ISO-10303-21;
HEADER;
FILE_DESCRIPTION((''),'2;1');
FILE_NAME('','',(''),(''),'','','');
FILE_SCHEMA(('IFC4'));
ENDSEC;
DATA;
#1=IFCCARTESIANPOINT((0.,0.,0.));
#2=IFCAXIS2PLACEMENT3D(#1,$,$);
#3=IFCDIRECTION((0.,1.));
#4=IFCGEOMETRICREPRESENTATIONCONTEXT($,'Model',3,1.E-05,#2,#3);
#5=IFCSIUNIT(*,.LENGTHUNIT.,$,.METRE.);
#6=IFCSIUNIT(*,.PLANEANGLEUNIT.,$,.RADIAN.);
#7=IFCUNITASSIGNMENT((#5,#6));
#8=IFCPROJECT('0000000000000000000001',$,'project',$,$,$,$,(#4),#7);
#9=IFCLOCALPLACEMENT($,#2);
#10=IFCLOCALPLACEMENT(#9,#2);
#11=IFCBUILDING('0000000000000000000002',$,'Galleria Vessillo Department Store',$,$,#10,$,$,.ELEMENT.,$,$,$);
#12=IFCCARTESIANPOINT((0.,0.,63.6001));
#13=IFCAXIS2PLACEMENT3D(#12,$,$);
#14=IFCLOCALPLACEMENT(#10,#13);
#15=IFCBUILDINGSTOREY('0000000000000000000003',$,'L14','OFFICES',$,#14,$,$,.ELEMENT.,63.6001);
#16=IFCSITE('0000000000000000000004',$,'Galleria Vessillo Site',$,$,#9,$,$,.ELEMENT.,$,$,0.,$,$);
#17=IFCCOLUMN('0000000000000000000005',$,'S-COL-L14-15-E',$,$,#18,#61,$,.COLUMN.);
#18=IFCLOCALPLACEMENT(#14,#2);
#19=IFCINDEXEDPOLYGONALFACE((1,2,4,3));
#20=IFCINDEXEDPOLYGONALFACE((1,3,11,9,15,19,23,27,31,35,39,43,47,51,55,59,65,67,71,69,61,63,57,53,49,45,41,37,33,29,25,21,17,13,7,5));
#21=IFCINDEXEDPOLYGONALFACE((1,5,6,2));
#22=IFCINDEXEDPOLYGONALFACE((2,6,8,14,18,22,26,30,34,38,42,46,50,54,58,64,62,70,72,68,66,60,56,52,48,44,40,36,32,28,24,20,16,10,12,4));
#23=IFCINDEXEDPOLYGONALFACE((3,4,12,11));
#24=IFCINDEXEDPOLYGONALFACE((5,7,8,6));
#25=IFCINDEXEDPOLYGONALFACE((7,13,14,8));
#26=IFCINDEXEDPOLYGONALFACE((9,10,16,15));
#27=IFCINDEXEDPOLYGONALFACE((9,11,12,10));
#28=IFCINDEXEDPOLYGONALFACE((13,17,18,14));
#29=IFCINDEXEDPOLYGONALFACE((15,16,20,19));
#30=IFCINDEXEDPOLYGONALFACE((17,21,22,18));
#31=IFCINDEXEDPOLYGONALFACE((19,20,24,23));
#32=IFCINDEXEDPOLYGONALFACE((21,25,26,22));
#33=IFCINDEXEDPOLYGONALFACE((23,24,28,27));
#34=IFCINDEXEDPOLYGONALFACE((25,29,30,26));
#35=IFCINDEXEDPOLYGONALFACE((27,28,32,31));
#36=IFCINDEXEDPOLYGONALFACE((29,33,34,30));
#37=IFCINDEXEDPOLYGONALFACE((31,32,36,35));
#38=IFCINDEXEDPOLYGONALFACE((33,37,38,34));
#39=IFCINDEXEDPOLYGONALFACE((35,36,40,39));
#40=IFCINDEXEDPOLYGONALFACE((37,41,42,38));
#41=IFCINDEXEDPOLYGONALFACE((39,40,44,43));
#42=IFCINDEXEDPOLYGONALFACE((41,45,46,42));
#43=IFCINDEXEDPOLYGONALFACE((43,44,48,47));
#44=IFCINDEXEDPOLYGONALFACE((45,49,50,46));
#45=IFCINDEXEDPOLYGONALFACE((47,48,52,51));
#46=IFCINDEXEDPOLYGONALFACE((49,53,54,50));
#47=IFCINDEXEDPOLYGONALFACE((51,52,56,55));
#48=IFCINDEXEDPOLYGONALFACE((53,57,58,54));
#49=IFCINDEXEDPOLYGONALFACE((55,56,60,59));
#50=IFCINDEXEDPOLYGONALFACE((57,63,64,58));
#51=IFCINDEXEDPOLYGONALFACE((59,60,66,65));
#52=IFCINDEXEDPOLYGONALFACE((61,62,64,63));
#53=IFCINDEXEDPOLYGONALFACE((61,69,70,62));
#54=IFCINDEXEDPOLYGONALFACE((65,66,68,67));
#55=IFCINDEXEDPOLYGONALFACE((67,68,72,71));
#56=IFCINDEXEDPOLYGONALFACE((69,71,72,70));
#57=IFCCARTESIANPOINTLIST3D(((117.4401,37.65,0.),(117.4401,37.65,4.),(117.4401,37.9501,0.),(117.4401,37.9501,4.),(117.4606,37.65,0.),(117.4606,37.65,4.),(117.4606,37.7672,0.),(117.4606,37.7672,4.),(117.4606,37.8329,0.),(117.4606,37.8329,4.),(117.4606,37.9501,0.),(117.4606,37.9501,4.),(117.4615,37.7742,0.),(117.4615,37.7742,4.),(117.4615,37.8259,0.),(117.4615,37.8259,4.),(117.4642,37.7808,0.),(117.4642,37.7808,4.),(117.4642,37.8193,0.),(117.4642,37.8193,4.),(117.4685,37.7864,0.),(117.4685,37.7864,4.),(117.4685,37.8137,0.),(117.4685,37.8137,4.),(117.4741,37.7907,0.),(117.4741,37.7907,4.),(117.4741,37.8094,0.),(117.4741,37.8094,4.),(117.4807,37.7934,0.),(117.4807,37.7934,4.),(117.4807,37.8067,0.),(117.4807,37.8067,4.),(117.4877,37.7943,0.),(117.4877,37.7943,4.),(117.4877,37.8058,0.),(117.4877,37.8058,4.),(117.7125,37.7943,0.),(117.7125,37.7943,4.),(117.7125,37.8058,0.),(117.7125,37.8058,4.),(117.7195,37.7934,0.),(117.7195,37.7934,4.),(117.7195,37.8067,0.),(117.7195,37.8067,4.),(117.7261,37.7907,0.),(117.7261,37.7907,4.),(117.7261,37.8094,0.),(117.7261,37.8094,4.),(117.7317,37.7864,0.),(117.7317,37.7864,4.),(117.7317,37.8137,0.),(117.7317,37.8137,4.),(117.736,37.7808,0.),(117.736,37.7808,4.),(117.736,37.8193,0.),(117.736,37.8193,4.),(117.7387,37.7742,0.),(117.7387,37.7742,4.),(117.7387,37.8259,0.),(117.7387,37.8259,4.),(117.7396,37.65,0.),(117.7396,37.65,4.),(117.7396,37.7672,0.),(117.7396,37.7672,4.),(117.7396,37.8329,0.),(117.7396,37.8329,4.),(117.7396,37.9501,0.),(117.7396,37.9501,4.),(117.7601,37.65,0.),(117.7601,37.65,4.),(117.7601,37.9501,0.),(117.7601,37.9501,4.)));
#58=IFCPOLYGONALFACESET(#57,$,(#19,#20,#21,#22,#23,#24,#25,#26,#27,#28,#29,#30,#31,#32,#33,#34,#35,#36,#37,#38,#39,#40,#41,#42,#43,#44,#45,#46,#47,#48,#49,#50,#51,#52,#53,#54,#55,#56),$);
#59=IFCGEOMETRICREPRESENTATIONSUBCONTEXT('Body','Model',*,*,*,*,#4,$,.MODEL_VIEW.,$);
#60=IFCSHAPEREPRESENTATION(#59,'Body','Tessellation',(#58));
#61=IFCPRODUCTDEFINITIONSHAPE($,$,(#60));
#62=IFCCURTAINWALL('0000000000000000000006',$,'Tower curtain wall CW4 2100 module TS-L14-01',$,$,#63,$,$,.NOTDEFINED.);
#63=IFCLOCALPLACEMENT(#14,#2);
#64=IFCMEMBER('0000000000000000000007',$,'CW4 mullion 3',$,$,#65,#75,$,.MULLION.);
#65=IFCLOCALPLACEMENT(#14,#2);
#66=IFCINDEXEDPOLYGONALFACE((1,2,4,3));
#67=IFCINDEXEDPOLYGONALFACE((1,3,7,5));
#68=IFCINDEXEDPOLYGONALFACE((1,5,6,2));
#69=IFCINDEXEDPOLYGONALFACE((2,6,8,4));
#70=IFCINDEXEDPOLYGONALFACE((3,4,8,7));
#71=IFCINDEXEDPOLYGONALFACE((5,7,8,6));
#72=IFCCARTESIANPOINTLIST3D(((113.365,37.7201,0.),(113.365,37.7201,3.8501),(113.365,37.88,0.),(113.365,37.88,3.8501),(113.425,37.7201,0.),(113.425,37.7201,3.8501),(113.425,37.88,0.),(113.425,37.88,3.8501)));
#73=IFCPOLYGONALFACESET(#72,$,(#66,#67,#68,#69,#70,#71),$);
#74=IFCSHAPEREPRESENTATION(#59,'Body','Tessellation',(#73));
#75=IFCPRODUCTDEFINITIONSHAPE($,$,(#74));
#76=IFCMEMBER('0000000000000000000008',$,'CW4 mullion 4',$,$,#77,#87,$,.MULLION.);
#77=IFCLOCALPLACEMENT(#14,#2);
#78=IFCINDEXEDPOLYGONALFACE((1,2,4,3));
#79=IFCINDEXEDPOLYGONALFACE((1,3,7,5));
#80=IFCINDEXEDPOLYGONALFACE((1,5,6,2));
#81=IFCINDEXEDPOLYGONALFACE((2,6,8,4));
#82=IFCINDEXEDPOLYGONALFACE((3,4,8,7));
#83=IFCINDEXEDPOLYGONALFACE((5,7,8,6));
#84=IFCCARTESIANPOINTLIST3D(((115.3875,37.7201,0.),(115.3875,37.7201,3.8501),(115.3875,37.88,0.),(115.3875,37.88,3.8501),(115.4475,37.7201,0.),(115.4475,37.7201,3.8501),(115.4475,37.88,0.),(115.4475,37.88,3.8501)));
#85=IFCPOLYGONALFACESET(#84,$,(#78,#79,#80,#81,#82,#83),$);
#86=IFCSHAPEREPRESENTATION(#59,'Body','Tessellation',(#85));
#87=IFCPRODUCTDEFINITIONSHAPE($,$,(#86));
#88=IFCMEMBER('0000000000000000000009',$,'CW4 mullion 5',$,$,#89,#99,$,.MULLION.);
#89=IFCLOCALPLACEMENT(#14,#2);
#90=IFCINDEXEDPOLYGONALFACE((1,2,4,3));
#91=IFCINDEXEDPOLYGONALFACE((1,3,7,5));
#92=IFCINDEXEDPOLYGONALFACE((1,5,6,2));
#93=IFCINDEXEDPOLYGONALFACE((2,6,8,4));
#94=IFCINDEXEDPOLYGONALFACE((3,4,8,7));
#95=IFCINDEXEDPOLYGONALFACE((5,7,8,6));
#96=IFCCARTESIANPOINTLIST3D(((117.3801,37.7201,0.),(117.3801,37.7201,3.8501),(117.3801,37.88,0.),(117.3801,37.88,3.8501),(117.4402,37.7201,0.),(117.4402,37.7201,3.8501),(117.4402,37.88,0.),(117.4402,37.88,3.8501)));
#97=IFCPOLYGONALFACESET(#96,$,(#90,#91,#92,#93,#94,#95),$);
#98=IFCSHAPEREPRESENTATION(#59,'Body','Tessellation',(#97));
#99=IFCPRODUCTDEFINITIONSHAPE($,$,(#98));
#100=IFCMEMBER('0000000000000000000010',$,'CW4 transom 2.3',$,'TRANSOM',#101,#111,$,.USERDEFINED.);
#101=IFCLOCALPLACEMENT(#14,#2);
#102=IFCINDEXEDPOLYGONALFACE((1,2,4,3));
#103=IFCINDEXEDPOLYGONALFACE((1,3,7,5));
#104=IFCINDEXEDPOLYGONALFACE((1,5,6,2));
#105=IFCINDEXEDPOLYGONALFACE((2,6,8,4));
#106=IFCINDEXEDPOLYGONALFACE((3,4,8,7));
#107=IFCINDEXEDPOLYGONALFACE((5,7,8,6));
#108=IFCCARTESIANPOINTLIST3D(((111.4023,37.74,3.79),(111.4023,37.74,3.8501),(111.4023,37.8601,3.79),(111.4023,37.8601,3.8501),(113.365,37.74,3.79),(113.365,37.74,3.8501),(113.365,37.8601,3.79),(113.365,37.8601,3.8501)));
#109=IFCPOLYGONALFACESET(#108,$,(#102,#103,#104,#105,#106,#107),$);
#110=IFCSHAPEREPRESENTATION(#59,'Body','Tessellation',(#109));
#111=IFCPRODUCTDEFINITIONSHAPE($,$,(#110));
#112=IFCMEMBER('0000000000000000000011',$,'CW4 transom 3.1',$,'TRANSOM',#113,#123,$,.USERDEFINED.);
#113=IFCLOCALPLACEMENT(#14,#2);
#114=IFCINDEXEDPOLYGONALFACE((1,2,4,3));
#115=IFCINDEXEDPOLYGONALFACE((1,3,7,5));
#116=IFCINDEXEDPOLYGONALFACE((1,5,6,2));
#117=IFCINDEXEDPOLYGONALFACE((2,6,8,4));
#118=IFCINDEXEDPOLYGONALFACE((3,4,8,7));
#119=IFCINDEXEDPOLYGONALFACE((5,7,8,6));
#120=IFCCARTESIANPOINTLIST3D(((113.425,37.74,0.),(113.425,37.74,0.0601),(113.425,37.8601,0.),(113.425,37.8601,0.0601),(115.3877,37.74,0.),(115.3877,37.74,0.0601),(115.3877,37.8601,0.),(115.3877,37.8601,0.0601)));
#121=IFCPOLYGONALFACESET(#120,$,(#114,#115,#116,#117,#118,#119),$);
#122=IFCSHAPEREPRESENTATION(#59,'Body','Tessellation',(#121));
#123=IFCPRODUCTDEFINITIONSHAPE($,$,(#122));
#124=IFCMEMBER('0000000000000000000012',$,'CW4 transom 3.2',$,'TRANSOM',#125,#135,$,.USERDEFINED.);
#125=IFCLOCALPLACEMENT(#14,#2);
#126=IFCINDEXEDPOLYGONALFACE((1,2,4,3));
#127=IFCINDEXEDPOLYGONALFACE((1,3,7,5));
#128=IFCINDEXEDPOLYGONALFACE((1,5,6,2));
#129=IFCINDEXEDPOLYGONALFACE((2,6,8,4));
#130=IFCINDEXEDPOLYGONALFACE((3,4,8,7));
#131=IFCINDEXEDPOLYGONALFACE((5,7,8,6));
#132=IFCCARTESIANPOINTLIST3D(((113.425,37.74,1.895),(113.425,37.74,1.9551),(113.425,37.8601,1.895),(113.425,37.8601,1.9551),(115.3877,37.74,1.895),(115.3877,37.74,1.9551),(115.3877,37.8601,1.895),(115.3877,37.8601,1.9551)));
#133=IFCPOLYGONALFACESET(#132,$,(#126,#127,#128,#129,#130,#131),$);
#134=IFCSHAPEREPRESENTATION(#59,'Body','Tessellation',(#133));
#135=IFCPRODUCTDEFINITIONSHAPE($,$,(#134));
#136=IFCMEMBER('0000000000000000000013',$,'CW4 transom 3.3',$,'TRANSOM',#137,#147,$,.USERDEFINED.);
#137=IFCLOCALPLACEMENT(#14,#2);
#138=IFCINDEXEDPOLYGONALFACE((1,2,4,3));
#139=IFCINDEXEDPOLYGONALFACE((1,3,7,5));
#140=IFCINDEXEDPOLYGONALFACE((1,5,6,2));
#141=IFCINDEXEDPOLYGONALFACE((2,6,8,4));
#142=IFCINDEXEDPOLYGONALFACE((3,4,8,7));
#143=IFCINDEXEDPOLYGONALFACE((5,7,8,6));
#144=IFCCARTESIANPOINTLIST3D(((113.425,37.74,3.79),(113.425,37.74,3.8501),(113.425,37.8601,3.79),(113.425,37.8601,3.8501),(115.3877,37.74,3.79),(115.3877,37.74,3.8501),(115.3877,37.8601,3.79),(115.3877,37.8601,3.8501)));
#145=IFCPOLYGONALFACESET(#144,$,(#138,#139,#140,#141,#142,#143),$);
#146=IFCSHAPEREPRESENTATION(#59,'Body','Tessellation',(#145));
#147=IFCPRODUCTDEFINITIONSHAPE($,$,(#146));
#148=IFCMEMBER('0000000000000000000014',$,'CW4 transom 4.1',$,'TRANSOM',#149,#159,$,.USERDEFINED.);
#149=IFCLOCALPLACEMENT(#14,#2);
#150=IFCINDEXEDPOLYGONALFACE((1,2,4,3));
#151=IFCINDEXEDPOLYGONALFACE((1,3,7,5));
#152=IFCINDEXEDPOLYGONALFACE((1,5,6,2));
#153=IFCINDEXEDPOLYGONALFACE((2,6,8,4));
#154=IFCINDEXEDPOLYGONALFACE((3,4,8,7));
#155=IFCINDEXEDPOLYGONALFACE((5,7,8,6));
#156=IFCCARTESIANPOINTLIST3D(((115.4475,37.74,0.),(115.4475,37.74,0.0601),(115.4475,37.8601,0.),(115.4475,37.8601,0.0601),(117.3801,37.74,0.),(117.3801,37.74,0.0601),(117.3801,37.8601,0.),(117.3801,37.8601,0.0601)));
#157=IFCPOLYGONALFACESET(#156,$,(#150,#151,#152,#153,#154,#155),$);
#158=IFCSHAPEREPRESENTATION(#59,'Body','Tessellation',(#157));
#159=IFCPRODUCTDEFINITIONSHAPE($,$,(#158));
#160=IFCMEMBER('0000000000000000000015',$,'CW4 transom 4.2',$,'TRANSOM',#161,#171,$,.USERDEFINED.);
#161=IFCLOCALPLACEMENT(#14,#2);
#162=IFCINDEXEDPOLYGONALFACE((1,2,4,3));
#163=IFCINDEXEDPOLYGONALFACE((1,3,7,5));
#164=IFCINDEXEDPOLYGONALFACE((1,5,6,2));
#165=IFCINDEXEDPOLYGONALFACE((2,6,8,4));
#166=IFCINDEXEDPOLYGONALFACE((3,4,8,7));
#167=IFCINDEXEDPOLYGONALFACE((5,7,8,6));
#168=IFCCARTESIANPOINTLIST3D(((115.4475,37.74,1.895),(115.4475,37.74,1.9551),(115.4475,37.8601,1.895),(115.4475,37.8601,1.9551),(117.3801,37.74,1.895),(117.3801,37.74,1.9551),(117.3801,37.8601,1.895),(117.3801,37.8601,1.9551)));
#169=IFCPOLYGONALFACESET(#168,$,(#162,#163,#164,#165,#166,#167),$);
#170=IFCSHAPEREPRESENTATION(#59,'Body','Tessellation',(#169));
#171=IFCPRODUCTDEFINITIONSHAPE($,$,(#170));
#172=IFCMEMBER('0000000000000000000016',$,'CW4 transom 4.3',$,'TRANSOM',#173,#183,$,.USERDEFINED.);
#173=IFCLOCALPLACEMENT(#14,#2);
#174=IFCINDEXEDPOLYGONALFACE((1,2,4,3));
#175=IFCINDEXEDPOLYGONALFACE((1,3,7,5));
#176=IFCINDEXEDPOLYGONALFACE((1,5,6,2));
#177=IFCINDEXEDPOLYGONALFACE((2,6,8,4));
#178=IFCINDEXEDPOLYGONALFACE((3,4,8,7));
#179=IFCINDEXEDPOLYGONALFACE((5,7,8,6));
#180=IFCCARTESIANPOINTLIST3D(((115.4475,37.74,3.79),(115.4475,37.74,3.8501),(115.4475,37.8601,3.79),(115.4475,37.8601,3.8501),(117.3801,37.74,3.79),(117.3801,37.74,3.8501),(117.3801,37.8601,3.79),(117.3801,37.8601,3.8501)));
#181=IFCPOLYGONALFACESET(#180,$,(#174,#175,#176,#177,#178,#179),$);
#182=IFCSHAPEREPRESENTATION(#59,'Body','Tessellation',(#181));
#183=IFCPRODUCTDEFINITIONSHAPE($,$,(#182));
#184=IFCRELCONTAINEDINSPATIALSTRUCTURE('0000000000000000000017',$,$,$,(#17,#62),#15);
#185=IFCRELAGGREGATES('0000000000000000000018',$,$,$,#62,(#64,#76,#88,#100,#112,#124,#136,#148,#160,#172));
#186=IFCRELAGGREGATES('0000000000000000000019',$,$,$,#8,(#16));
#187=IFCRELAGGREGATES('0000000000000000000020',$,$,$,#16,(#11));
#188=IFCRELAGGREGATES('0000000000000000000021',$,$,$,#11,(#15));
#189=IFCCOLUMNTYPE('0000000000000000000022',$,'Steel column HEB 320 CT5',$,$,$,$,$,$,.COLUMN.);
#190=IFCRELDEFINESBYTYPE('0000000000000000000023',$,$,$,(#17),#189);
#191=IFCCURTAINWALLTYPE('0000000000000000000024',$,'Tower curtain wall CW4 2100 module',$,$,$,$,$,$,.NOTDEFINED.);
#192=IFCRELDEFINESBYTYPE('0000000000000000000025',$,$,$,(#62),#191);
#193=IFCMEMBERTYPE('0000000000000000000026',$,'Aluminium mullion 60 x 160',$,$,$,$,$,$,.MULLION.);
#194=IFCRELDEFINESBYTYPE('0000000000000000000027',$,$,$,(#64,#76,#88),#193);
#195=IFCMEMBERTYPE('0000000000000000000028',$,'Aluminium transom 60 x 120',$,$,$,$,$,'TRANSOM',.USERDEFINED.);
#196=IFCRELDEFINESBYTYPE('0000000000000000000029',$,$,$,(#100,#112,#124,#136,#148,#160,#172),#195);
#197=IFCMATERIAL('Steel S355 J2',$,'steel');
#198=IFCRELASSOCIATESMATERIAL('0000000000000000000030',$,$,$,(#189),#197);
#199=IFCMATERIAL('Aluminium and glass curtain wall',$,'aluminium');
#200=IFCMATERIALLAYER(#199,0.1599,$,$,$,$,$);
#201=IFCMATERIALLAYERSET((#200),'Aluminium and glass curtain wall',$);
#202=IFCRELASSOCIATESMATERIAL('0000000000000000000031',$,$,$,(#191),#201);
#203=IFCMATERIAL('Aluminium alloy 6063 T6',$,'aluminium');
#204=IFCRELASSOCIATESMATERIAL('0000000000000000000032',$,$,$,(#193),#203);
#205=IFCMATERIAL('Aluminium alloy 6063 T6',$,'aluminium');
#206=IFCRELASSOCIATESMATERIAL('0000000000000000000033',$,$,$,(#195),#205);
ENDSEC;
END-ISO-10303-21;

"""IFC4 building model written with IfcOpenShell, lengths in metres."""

from ifc_helpers import new_model, si_unit, direction, frame, origin, origin_2d, place, context, subcontext, project, spatial, rectangle, i_section, extrude, material, layer, layer_set, material_profile, profile_set, type_object, element, aggregate, save


model = new_model("IFC4")

# Units and contexts
model_context = context("Model", 3, precision=1e-05, world=origin(), true_north=direction((0.0, 1.0)))
body_context = subcontext(model_context, "Body", "Model", "MODEL_VIEW")
ifc_project = project(units=[si_unit("LENGTHUNIT", "METRE"), si_unit("PLANEANGLEUNIT", "RADIAN")], contexts=[model_context])

# Site, building, storey
site_placement = place(None, origin())
site = spatial("IfcSite", under=ifc_project, at=site_placement, Name="Galleria Vessillo Site", CompositionType="ELEMENT", RefElevation=0.0)
building_placement = place(site_placement, origin())
building = spatial("IfcBuilding", under=site, at=building_placement, Name="Galleria Vessillo Department Store", CompositionType="ELEMENT")
storey_placement = place(building_placement, frame((0.0, 0.0, 63.6001)))
storey = spatial("IfcBuildingStorey", under=building, at=storey_placement, Name="L14", Description="OFFICES", CompositionType="ELEMENT", Elevation=63.6001)

# Column
ifc_material_1 = material(Name="Steel S355 J2", Category="steel")
ifc_material_profile_1 = material_profile(ifc_material_1, i_section(OverallWidth=0.3, OverallDepth=0.3201, WebThickness=0.0115, FlangeThickness=0.0205, FilletRadius=0.0271, at=origin_2d()), Name="HEB 320")
ifc_profile_set_1 = profile_set([ifc_material_profile_1], Name="Steel S355 J2")
column_type = type_object("IfcColumnType", Name="Steel column HEB 320 CT5", PredefinedType="COLUMN", material=ifc_profile_set_1)
column_placement = place(storey_placement, frame((117.6001, 37.8, 0.0), z_axis=(0.0, 0.0, 1.0), x_axis=(0.0, 1.0, 0.0)))
element("IfcColumn", 1, at=column_placement, inside=storey, type_object=column_type, Name="S-COL-L14-15-E", PredefinedType="COLUMN", context=body_context, shape_type="SweptSolid", body=[
    extrude(i_section(OverallWidth=0.3, OverallDepth=0.3201, WebThickness=0.0115, FlangeThickness=0.0205, FilletRadius=0.0271, at=origin_2d()), origin(), (0.0, 0.0, 1.0), 4.0),
])

# Curtain wall, members
ifc_material_2 = material(Name="Aluminium and glass curtain wall", Category="aluminium")
ifc_layer_1 = layer(ifc_material_2, 0.1599)
ifc_layer_set_1 = layer_set([ifc_layer_1], Name="Aluminium and glass curtain wall")
curtain_wall_type = type_object("IfcCurtainWallType", Name="Tower curtain wall CW4 2100 module", PredefinedType="NOTDEFINED", material=ifc_layer_set_1)
curtain_wall_placement = place(storey_placement, origin())
curtain_wall = element("IfcCurtainWall", 2, at=curtain_wall_placement, inside=storey, type_object=curtain_wall_type, Name="Tower curtain wall CW4 2100 module TS-L14-01", PredefinedType="NOTDEFINED")
ifc_material_3 = material(Name="Aluminium alloy 6063 T6", Category="aluminium")
ifc_material_profile_2 = material_profile(ifc_material_3, rectangle(XDim=0.1599, YDim=0.0601, at=origin_2d()), Name="AL 60x160")
ifc_profile_set_2 = profile_set([ifc_material_profile_2], Name="Aluminium alloy 6063 T6")
member_type_1 = type_object("IfcMemberType", Name="Aluminium mullion 60 x 160", PredefinedType="MULLION", material=ifc_profile_set_2)
member_1_placement = place(storey_placement, frame((113.395, 37.8, 0.0), z_axis=(0.0, 0.0, 1.0), x_axis=(0.0, 1.0, 0.0)))
member_1 = element("IfcMember", 3, at=member_1_placement, type_object=member_type_1, Name="CW4 mullion 3", PredefinedType="MULLION", context=body_context, shape_type="SweptSolid", body=[
    extrude(rectangle(XDim=0.1599, YDim=0.0601, at=origin_2d()), origin(), (0.0, 0.0, 1.0), 3.8501),
])
member_2_placement = place(storey_placement, frame((115.4175, 37.8, 0.0), z_axis=(0.0, 0.0, 1.0), x_axis=(0.0, 1.0, 0.0)))
member_2 = element("IfcMember", 4, at=member_2_placement, type_object=member_type_1, Name="CW4 mullion 4", PredefinedType="MULLION", context=body_context, shape_type="SweptSolid", body=[
    extrude(rectangle(XDim=0.1599, YDim=0.0601, at=origin_2d()), origin(), (0.0, 0.0, 1.0), 3.8501),
])
member_3_placement = place(storey_placement, frame((117.4102, 37.8, 0.0), z_axis=(0.0, 0.0, 1.0), x_axis=(0.0, 1.0, 0.0)))
member_3 = element("IfcMember", 5, at=member_3_placement, type_object=member_type_1, Name="CW4 mullion 5", PredefinedType="MULLION", context=body_context, shape_type="SweptSolid", body=[
    extrude(rectangle(XDim=0.1599, YDim=0.0601, at=origin_2d()), origin(), (0.0, 0.0, 1.0), 3.8501),
])
ifc_material_4 = material(Name="Aluminium alloy 6063 T6", Category="aluminium")
ifc_material_profile_3 = material_profile(ifc_material_4, rectangle(XDim=0.1201, YDim=0.0601, at=origin_2d()), Name="AL 60x120")
ifc_profile_set_3 = profile_set([ifc_material_profile_3], Name="Aluminium alloy 6063 T6")
member_type_2 = type_object("IfcMemberType", Name="Aluminium transom 60 x 120", ElementType="TRANSOM", PredefinedType="USERDEFINED", material=ifc_profile_set_3)
member_4_placement = place(storey_placement, frame((111.4023, 37.8, 3.8201), z_axis=(1.0, 0.0, 0.0), x_axis=(0.0, 1.0, 0.0)))
member_4 = element("IfcMember", 6, at=member_4_placement, type_object=member_type_2, Name="CW4 transom 2.3", ObjectType="TRANSOM", PredefinedType="USERDEFINED", context=body_context, shape_type="SweptSolid", body=[
    extrude(rectangle(XDim=0.1201, YDim=0.0601, at=origin_2d()), origin(), (0.0, 0.0, 1.0), 1.9626),
])
member_5_placement = place(storey_placement, frame((113.425, 37.8, 0.03), z_axis=(1.0, 0.0, 0.0), x_axis=(0.0, 1.0, 0.0)))
member_5 = element("IfcMember", 7, at=member_5_placement, type_object=member_type_2, Name="CW4 transom 3.1", ObjectType="TRANSOM", PredefinedType="USERDEFINED", context=body_context, shape_type="SweptSolid", body=[
    extrude(rectangle(XDim=0.1201, YDim=0.0601, at=origin_2d()), origin(), (0.0, 0.0, 1.0), 1.9626),
])
member_6_placement = place(storey_placement, frame((113.425, 37.8, 1.925), z_axis=(1.0, 0.0, 0.0), x_axis=(0.0, 1.0, 0.0)))
member_6 = element("IfcMember", 8, at=member_6_placement, type_object=member_type_2, Name="CW4 transom 3.2", ObjectType="TRANSOM", PredefinedType="USERDEFINED", context=body_context, shape_type="SweptSolid", body=[
    extrude(rectangle(XDim=0.1201, YDim=0.0601, at=origin_2d()), origin(), (0.0, 0.0, 1.0), 1.9626),
])
member_7_placement = place(storey_placement, frame((113.425, 37.8, 3.8201), z_axis=(1.0, 0.0, 0.0), x_axis=(0.0, 1.0, 0.0)))
member_7 = element("IfcMember", 9, at=member_7_placement, type_object=member_type_2, Name="CW4 transom 3.3", ObjectType="TRANSOM", PredefinedType="USERDEFINED", context=body_context, shape_type="SweptSolid", body=[
    extrude(rectangle(XDim=0.1201, YDim=0.0601, at=origin_2d()), origin(), (0.0, 0.0, 1.0), 1.9626),
])
member_8_placement = place(storey_placement, frame((115.4475, 37.8, 0.03), z_axis=(1.0, 0.0, 0.0), x_axis=(0.0, 1.0, 0.0)))
member_8 = element("IfcMember", 10, at=member_8_placement, type_object=member_type_2, Name="CW4 transom 4.1", ObjectType="TRANSOM", PredefinedType="USERDEFINED", context=body_context, shape_type="SweptSolid", body=[
    extrude(rectangle(XDim=0.1201, YDim=0.0601, at=origin_2d()), origin(), (0.0, 0.0, 1.0), 1.9326),
])
member_9_placement = place(storey_placement, frame((115.4475, 37.8, 1.925), z_axis=(1.0, 0.0, 0.0), x_axis=(0.0, 1.0, 0.0)))
member_9 = element("IfcMember", 11, at=member_9_placement, type_object=member_type_2, Name="CW4 transom 4.2", ObjectType="TRANSOM", PredefinedType="USERDEFINED", context=body_context, shape_type="SweptSolid", body=[
    extrude(rectangle(XDim=0.1201, YDim=0.0601, at=origin_2d()), origin(), (0.0, 0.0, 1.0), 1.9326),
])
member_10_placement = place(storey_placement, frame((115.4475, 37.8, 3.8201), z_axis=(1.0, 0.0, 0.0), x_axis=(0.0, 1.0, 0.0)))
member_10 = element("IfcMember", 12, at=member_10_placement, type_object=member_type_2, Name="CW4 transom 4.3", ObjectType="TRANSOM", PredefinedType="USERDEFINED", context=body_context, shape_type="SweptSolid", body=[
    extrude(rectangle(XDim=0.1201, YDim=0.0601, at=origin_2d()), origin(), (0.0, 0.0, 1.0), 1.9326),
])

aggregate(curtain_wall, [member_1, member_2, member_3, member_4, member_5, member_6, member_7, member_8, member_9, member_10])

save(model, "model.ifc")
